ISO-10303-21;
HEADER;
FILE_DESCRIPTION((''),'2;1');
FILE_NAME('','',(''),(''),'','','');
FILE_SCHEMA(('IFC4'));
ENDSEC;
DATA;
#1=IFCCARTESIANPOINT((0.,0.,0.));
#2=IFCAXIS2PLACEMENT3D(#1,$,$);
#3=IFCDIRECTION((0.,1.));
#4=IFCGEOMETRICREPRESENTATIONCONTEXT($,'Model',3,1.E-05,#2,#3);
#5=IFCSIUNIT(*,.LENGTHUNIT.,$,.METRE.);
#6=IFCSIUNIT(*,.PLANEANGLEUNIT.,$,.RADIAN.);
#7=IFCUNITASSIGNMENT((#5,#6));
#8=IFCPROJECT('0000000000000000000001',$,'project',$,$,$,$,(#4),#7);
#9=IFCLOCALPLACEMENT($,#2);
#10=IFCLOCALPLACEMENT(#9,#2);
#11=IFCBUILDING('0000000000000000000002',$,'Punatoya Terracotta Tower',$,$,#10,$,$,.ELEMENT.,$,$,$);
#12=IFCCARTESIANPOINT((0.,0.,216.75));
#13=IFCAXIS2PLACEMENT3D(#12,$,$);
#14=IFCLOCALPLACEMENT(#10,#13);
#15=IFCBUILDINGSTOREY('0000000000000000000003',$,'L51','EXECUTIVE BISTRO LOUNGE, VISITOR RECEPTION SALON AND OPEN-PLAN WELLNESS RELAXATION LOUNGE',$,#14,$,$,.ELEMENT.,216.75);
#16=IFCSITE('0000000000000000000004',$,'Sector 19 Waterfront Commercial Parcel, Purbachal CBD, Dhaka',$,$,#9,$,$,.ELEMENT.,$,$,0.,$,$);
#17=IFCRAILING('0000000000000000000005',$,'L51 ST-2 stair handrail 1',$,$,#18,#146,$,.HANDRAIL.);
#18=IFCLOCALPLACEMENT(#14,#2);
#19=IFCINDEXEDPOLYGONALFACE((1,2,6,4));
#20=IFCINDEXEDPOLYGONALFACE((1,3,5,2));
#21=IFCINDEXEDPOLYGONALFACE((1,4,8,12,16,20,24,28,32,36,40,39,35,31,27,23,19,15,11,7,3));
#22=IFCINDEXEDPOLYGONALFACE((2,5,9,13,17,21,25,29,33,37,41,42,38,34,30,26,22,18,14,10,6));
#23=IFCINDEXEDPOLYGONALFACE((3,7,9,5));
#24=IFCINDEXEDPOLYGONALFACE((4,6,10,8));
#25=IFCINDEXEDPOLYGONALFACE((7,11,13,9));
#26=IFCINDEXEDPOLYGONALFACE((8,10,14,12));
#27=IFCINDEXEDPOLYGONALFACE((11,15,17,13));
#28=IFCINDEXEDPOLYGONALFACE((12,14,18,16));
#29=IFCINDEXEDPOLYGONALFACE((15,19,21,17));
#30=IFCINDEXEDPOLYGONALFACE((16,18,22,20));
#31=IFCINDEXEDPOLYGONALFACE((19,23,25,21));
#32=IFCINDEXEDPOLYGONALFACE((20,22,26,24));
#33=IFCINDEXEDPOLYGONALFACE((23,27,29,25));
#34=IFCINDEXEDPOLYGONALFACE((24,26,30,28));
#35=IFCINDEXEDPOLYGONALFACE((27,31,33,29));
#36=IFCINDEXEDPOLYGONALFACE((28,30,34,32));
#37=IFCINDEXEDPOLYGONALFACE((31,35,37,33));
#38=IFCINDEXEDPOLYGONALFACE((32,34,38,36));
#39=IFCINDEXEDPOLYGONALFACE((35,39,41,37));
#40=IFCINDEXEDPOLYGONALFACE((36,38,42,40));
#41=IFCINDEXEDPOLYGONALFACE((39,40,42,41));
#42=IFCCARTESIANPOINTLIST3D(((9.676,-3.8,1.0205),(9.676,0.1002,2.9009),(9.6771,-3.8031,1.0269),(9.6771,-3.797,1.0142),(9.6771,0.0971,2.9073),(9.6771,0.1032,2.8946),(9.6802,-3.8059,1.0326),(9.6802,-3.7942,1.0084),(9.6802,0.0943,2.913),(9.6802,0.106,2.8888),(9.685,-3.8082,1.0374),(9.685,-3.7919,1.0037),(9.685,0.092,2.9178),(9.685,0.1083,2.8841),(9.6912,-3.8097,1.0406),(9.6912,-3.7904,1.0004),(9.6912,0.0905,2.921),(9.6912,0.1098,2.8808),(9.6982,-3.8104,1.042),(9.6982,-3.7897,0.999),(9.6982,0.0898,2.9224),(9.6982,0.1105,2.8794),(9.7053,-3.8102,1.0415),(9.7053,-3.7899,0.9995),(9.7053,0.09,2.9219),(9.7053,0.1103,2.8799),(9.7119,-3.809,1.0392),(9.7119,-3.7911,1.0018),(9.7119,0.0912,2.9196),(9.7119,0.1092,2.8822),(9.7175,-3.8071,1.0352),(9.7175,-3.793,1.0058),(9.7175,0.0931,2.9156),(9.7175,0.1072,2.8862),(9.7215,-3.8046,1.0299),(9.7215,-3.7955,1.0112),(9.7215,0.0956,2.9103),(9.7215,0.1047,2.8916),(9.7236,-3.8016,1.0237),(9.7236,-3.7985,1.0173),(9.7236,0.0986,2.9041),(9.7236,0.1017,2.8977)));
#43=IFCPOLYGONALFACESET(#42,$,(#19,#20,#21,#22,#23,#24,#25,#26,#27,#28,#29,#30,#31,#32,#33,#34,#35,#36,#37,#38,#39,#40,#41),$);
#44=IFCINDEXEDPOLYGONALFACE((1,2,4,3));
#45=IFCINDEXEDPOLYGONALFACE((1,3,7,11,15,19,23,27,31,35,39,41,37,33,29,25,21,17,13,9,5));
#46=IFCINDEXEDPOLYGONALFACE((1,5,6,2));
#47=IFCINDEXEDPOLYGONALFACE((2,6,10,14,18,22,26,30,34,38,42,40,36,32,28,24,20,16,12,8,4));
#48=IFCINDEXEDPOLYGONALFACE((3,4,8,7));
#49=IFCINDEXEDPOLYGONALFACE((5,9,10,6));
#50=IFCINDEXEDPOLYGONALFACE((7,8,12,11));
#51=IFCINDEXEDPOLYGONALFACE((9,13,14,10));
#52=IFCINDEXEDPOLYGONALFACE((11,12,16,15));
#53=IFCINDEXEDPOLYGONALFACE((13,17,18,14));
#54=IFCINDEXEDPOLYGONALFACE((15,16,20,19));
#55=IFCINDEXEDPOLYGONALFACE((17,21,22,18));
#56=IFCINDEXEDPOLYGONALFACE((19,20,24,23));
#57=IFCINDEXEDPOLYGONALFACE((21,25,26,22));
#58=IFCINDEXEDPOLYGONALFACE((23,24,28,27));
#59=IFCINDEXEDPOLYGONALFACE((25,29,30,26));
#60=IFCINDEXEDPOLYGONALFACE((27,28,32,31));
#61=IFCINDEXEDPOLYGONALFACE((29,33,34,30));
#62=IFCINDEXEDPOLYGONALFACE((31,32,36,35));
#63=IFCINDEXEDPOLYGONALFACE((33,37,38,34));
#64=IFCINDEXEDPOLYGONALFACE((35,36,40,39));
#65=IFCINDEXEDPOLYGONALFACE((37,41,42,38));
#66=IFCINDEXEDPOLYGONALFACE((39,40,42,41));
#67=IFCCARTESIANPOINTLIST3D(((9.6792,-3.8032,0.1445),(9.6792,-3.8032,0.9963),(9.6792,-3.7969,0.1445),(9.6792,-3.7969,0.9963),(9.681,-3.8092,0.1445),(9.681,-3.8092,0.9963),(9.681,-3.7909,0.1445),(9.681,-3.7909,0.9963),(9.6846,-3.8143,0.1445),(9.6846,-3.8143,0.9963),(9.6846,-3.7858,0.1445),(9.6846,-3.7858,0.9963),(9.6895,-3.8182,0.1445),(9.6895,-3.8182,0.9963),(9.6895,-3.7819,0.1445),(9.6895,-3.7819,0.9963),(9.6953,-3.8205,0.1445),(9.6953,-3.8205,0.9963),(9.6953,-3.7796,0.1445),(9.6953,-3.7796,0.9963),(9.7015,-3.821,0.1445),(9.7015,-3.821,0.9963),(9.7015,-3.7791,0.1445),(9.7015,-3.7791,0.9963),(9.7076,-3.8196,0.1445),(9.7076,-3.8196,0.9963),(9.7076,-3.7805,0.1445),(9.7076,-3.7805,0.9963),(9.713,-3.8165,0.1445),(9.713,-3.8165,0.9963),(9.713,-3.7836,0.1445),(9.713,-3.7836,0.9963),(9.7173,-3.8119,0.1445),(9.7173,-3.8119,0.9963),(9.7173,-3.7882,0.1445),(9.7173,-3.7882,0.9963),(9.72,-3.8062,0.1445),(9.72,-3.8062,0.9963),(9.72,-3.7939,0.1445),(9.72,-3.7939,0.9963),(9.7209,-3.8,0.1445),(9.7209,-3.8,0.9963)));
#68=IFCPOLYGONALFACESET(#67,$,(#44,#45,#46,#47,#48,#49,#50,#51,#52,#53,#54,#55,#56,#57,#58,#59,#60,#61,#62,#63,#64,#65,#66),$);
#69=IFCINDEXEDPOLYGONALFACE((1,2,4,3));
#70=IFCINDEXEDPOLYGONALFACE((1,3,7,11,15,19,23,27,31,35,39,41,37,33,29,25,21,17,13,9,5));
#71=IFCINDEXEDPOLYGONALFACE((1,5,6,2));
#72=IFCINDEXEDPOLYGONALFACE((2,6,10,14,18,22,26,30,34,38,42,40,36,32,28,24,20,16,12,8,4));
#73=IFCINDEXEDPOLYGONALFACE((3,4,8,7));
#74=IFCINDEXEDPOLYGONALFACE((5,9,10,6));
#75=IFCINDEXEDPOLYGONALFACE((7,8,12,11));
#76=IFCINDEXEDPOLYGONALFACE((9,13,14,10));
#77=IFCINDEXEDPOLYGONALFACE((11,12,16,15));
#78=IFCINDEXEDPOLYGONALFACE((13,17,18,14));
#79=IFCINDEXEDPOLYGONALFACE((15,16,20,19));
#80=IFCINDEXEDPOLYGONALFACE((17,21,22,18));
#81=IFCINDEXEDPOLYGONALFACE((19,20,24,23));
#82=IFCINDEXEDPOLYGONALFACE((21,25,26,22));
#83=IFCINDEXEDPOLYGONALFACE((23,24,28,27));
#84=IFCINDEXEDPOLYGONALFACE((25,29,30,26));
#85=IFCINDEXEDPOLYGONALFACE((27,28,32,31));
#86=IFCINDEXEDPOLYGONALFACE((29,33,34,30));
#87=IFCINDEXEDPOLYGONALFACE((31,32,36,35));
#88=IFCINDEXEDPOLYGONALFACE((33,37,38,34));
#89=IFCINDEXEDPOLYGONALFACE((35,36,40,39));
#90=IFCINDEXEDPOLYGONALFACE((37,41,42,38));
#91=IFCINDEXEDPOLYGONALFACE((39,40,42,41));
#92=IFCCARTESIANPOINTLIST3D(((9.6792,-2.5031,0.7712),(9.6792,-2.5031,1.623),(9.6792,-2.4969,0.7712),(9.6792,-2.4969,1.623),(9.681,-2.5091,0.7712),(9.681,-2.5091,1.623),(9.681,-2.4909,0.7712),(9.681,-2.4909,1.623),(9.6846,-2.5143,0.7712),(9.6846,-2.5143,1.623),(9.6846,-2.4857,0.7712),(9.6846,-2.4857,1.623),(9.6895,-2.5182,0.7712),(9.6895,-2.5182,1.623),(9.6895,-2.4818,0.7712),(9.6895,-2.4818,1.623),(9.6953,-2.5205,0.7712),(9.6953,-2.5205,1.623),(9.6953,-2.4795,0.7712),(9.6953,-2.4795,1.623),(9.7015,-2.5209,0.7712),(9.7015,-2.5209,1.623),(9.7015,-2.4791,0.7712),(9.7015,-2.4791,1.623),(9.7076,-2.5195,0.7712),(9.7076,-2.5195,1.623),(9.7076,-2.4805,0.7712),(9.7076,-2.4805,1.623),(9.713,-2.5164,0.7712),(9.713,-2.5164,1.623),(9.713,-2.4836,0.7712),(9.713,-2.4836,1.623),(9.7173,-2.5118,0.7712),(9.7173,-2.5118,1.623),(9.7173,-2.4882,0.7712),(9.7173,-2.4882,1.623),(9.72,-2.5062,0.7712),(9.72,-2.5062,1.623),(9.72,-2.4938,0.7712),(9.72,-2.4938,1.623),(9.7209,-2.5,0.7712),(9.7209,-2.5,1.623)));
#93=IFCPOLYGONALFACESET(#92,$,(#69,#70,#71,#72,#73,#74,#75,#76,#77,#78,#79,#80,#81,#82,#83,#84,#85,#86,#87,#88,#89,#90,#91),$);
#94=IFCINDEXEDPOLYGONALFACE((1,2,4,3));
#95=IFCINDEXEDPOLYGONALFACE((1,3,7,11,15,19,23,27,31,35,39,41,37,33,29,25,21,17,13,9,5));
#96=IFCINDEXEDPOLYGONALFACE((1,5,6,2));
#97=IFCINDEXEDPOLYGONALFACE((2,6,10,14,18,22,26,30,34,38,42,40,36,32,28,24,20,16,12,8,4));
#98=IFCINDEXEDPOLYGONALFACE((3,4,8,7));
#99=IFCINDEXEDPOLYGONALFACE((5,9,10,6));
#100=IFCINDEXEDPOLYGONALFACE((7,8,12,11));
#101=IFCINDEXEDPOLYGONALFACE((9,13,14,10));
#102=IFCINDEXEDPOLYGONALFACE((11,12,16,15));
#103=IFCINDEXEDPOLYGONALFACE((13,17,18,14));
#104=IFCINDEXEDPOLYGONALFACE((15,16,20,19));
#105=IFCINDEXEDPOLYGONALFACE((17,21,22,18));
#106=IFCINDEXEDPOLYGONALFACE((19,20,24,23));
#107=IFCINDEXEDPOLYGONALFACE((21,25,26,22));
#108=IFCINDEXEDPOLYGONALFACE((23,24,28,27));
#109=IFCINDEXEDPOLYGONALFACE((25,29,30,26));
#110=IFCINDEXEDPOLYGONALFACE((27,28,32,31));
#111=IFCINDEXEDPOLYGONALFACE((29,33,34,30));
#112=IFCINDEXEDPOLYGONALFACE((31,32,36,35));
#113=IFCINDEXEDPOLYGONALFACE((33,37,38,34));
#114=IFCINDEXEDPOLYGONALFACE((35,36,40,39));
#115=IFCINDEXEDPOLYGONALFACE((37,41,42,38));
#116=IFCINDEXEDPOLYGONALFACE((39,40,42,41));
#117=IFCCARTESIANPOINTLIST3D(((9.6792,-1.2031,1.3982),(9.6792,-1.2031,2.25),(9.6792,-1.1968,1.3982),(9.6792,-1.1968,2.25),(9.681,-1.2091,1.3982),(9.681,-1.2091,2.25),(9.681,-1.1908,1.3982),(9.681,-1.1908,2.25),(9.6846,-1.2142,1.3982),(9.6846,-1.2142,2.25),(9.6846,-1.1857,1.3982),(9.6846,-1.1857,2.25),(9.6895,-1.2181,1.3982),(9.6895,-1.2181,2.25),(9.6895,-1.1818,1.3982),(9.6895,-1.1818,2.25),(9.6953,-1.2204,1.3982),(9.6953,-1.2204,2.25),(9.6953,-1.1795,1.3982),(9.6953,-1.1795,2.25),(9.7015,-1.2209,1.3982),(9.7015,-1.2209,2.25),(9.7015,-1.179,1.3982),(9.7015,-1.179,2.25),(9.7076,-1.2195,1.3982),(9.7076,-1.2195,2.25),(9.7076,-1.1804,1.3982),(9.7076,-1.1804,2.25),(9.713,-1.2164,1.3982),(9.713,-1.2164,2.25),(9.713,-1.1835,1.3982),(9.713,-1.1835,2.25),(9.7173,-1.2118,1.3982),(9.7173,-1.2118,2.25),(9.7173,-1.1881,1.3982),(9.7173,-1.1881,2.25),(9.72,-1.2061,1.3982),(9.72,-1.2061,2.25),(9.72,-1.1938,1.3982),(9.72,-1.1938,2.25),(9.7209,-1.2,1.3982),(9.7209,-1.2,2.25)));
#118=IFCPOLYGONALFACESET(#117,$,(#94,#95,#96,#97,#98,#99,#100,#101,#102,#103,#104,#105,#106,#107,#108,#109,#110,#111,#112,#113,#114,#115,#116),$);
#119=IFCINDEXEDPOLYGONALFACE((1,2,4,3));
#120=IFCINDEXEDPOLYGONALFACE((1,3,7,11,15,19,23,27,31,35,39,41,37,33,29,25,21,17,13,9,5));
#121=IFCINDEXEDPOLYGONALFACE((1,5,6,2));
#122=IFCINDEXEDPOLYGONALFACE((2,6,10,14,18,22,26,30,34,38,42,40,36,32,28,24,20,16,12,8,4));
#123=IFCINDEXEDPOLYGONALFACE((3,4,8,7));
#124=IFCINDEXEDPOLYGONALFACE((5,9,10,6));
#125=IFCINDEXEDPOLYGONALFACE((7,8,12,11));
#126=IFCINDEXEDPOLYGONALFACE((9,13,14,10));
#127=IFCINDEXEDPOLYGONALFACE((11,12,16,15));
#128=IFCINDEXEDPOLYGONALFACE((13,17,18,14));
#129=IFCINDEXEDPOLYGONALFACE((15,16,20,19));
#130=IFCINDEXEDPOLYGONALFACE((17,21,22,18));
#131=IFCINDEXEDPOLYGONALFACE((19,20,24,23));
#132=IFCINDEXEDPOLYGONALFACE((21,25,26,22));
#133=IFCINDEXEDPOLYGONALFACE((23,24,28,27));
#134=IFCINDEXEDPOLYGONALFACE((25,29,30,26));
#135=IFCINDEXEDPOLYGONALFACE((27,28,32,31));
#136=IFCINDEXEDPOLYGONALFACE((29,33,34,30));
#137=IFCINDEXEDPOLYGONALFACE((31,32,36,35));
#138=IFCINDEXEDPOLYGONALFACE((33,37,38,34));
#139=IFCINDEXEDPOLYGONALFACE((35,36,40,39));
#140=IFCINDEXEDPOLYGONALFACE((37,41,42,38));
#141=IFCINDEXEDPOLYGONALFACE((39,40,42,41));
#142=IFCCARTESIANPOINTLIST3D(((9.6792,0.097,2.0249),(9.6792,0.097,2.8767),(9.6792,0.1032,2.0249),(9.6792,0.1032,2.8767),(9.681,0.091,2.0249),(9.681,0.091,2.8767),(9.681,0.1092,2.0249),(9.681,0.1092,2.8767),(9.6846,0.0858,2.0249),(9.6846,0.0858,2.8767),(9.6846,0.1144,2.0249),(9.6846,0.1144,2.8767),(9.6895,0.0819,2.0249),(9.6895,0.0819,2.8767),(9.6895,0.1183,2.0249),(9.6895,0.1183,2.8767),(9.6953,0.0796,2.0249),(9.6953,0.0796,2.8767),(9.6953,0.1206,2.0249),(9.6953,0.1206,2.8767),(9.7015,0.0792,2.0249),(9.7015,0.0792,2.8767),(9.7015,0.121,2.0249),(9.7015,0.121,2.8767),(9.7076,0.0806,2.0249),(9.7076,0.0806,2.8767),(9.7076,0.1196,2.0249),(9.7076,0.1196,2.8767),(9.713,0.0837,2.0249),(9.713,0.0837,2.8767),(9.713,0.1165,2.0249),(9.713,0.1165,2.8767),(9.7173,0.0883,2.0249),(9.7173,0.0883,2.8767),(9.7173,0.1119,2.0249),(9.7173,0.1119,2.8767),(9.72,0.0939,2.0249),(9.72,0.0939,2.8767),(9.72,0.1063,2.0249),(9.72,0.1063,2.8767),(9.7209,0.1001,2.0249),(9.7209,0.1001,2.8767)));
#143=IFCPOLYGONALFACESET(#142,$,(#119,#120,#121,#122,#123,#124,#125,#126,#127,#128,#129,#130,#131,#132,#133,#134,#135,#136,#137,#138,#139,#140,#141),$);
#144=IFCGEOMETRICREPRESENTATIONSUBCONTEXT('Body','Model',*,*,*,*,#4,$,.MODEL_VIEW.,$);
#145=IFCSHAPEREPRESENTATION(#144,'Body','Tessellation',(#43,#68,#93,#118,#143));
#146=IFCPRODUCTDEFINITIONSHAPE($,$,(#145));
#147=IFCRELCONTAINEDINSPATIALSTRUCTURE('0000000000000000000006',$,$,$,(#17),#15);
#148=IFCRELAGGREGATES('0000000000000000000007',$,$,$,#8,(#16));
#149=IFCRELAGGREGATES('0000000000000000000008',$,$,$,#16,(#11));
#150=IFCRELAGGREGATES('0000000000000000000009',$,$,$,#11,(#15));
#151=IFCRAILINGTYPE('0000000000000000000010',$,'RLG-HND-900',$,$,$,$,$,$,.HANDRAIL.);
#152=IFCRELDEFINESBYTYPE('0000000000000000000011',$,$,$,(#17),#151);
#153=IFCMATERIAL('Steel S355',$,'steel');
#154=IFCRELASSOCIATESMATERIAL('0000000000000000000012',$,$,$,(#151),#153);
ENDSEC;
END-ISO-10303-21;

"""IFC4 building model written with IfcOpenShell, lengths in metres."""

from ifc_helpers import new_model, si_unit, direction, frame, origin, origin_2d, place, context, subcontext, project, spatial, circle, extrude, material, type_object, element, save


model = new_model("IFC4")

# Units and contexts
model_context = context("Model", 3, precision=1e-05, world=origin(), true_north=direction((0.0, 1.0)))
body_context = subcontext(model_context, "Body", "Model", "MODEL_VIEW")
ifc_project = project(units=[si_unit("LENGTHUNIT", "METRE"), si_unit("PLANEANGLEUNIT", "RADIAN")], contexts=[model_context])

# Site, building, storey
site_placement = place(None, origin())
site = spatial("IfcSite", under=ifc_project, at=site_placement, Name="Sector 19 Waterfront Commercial Parcel, Purbachal CBD, Dhaka", CompositionType="ELEMENT", RefElevation=0.0)
building_placement = place(site_placement, origin())
building = spatial("IfcBuilding", under=site, at=building_placement, Name="Punatoya Terracotta Tower", CompositionType="ELEMENT")
storey_placement = place(building_placement, frame((0.0, 0.0, 216.75)))
storey = spatial("IfcBuildingStorey", under=building, at=storey_placement, Name="L51", Description="EXECUTIVE BISTRO LOUNGE, VISITOR RECEPTION SALON AND OPEN-PLAN WELLNESS RELAXATION LOUNGE", CompositionType="ELEMENT", Elevation=216.75)

# Shared definitions
ifc_material_1 = material(Name="Steel S355", Category="steel")

# Railing
railing_type = type_object("IfcRailingType", Name="RLG-HND-900", PredefinedType="HANDRAIL", material=ifc_material_1)
railing_placement = place(storey_placement, frame((9.7, -3.8, 0.1445)))
element("IfcRailing", 1, at=railing_placement, inside=storey, type_object=railing_type, Name="L51 ST-2 stair handrail 1", PredefinedType="HANDRAIL", context=body_context, shape_type="SweptSolid", body=[
    extrude(circle(Radius=0.0239, at=origin_2d()), frame((0.0, 0.0, 0.876), z_axis=(0.0, 0.900774, 0.434289), x_axis=(-1.0, 0.0, 0.0)), (0.0, 0.0, 1.0), 4.3298),
    extrude(circle(Radius=0.021, at=origin_2d()), origin(), (0.0, 0.0, 1.0), 0.8518),
    extrude(circle(Radius=0.021, at=origin_2d()), frame((0.0, 1.3, 0.6267)), (0.0, 0.0, 1.0), 0.8518),
    extrude(circle(Radius=0.021, at=origin_2d()), frame((0.0, 2.6001, 1.2537)), (0.0, 0.0, 1.0), 0.8518),
    extrude(circle(Radius=0.021, at=origin_2d()), frame((0.0, 3.9001, 1.8804)), (0.0, 0.0, 1.0), 0.8518),
])

save(model, "model.ifc")
